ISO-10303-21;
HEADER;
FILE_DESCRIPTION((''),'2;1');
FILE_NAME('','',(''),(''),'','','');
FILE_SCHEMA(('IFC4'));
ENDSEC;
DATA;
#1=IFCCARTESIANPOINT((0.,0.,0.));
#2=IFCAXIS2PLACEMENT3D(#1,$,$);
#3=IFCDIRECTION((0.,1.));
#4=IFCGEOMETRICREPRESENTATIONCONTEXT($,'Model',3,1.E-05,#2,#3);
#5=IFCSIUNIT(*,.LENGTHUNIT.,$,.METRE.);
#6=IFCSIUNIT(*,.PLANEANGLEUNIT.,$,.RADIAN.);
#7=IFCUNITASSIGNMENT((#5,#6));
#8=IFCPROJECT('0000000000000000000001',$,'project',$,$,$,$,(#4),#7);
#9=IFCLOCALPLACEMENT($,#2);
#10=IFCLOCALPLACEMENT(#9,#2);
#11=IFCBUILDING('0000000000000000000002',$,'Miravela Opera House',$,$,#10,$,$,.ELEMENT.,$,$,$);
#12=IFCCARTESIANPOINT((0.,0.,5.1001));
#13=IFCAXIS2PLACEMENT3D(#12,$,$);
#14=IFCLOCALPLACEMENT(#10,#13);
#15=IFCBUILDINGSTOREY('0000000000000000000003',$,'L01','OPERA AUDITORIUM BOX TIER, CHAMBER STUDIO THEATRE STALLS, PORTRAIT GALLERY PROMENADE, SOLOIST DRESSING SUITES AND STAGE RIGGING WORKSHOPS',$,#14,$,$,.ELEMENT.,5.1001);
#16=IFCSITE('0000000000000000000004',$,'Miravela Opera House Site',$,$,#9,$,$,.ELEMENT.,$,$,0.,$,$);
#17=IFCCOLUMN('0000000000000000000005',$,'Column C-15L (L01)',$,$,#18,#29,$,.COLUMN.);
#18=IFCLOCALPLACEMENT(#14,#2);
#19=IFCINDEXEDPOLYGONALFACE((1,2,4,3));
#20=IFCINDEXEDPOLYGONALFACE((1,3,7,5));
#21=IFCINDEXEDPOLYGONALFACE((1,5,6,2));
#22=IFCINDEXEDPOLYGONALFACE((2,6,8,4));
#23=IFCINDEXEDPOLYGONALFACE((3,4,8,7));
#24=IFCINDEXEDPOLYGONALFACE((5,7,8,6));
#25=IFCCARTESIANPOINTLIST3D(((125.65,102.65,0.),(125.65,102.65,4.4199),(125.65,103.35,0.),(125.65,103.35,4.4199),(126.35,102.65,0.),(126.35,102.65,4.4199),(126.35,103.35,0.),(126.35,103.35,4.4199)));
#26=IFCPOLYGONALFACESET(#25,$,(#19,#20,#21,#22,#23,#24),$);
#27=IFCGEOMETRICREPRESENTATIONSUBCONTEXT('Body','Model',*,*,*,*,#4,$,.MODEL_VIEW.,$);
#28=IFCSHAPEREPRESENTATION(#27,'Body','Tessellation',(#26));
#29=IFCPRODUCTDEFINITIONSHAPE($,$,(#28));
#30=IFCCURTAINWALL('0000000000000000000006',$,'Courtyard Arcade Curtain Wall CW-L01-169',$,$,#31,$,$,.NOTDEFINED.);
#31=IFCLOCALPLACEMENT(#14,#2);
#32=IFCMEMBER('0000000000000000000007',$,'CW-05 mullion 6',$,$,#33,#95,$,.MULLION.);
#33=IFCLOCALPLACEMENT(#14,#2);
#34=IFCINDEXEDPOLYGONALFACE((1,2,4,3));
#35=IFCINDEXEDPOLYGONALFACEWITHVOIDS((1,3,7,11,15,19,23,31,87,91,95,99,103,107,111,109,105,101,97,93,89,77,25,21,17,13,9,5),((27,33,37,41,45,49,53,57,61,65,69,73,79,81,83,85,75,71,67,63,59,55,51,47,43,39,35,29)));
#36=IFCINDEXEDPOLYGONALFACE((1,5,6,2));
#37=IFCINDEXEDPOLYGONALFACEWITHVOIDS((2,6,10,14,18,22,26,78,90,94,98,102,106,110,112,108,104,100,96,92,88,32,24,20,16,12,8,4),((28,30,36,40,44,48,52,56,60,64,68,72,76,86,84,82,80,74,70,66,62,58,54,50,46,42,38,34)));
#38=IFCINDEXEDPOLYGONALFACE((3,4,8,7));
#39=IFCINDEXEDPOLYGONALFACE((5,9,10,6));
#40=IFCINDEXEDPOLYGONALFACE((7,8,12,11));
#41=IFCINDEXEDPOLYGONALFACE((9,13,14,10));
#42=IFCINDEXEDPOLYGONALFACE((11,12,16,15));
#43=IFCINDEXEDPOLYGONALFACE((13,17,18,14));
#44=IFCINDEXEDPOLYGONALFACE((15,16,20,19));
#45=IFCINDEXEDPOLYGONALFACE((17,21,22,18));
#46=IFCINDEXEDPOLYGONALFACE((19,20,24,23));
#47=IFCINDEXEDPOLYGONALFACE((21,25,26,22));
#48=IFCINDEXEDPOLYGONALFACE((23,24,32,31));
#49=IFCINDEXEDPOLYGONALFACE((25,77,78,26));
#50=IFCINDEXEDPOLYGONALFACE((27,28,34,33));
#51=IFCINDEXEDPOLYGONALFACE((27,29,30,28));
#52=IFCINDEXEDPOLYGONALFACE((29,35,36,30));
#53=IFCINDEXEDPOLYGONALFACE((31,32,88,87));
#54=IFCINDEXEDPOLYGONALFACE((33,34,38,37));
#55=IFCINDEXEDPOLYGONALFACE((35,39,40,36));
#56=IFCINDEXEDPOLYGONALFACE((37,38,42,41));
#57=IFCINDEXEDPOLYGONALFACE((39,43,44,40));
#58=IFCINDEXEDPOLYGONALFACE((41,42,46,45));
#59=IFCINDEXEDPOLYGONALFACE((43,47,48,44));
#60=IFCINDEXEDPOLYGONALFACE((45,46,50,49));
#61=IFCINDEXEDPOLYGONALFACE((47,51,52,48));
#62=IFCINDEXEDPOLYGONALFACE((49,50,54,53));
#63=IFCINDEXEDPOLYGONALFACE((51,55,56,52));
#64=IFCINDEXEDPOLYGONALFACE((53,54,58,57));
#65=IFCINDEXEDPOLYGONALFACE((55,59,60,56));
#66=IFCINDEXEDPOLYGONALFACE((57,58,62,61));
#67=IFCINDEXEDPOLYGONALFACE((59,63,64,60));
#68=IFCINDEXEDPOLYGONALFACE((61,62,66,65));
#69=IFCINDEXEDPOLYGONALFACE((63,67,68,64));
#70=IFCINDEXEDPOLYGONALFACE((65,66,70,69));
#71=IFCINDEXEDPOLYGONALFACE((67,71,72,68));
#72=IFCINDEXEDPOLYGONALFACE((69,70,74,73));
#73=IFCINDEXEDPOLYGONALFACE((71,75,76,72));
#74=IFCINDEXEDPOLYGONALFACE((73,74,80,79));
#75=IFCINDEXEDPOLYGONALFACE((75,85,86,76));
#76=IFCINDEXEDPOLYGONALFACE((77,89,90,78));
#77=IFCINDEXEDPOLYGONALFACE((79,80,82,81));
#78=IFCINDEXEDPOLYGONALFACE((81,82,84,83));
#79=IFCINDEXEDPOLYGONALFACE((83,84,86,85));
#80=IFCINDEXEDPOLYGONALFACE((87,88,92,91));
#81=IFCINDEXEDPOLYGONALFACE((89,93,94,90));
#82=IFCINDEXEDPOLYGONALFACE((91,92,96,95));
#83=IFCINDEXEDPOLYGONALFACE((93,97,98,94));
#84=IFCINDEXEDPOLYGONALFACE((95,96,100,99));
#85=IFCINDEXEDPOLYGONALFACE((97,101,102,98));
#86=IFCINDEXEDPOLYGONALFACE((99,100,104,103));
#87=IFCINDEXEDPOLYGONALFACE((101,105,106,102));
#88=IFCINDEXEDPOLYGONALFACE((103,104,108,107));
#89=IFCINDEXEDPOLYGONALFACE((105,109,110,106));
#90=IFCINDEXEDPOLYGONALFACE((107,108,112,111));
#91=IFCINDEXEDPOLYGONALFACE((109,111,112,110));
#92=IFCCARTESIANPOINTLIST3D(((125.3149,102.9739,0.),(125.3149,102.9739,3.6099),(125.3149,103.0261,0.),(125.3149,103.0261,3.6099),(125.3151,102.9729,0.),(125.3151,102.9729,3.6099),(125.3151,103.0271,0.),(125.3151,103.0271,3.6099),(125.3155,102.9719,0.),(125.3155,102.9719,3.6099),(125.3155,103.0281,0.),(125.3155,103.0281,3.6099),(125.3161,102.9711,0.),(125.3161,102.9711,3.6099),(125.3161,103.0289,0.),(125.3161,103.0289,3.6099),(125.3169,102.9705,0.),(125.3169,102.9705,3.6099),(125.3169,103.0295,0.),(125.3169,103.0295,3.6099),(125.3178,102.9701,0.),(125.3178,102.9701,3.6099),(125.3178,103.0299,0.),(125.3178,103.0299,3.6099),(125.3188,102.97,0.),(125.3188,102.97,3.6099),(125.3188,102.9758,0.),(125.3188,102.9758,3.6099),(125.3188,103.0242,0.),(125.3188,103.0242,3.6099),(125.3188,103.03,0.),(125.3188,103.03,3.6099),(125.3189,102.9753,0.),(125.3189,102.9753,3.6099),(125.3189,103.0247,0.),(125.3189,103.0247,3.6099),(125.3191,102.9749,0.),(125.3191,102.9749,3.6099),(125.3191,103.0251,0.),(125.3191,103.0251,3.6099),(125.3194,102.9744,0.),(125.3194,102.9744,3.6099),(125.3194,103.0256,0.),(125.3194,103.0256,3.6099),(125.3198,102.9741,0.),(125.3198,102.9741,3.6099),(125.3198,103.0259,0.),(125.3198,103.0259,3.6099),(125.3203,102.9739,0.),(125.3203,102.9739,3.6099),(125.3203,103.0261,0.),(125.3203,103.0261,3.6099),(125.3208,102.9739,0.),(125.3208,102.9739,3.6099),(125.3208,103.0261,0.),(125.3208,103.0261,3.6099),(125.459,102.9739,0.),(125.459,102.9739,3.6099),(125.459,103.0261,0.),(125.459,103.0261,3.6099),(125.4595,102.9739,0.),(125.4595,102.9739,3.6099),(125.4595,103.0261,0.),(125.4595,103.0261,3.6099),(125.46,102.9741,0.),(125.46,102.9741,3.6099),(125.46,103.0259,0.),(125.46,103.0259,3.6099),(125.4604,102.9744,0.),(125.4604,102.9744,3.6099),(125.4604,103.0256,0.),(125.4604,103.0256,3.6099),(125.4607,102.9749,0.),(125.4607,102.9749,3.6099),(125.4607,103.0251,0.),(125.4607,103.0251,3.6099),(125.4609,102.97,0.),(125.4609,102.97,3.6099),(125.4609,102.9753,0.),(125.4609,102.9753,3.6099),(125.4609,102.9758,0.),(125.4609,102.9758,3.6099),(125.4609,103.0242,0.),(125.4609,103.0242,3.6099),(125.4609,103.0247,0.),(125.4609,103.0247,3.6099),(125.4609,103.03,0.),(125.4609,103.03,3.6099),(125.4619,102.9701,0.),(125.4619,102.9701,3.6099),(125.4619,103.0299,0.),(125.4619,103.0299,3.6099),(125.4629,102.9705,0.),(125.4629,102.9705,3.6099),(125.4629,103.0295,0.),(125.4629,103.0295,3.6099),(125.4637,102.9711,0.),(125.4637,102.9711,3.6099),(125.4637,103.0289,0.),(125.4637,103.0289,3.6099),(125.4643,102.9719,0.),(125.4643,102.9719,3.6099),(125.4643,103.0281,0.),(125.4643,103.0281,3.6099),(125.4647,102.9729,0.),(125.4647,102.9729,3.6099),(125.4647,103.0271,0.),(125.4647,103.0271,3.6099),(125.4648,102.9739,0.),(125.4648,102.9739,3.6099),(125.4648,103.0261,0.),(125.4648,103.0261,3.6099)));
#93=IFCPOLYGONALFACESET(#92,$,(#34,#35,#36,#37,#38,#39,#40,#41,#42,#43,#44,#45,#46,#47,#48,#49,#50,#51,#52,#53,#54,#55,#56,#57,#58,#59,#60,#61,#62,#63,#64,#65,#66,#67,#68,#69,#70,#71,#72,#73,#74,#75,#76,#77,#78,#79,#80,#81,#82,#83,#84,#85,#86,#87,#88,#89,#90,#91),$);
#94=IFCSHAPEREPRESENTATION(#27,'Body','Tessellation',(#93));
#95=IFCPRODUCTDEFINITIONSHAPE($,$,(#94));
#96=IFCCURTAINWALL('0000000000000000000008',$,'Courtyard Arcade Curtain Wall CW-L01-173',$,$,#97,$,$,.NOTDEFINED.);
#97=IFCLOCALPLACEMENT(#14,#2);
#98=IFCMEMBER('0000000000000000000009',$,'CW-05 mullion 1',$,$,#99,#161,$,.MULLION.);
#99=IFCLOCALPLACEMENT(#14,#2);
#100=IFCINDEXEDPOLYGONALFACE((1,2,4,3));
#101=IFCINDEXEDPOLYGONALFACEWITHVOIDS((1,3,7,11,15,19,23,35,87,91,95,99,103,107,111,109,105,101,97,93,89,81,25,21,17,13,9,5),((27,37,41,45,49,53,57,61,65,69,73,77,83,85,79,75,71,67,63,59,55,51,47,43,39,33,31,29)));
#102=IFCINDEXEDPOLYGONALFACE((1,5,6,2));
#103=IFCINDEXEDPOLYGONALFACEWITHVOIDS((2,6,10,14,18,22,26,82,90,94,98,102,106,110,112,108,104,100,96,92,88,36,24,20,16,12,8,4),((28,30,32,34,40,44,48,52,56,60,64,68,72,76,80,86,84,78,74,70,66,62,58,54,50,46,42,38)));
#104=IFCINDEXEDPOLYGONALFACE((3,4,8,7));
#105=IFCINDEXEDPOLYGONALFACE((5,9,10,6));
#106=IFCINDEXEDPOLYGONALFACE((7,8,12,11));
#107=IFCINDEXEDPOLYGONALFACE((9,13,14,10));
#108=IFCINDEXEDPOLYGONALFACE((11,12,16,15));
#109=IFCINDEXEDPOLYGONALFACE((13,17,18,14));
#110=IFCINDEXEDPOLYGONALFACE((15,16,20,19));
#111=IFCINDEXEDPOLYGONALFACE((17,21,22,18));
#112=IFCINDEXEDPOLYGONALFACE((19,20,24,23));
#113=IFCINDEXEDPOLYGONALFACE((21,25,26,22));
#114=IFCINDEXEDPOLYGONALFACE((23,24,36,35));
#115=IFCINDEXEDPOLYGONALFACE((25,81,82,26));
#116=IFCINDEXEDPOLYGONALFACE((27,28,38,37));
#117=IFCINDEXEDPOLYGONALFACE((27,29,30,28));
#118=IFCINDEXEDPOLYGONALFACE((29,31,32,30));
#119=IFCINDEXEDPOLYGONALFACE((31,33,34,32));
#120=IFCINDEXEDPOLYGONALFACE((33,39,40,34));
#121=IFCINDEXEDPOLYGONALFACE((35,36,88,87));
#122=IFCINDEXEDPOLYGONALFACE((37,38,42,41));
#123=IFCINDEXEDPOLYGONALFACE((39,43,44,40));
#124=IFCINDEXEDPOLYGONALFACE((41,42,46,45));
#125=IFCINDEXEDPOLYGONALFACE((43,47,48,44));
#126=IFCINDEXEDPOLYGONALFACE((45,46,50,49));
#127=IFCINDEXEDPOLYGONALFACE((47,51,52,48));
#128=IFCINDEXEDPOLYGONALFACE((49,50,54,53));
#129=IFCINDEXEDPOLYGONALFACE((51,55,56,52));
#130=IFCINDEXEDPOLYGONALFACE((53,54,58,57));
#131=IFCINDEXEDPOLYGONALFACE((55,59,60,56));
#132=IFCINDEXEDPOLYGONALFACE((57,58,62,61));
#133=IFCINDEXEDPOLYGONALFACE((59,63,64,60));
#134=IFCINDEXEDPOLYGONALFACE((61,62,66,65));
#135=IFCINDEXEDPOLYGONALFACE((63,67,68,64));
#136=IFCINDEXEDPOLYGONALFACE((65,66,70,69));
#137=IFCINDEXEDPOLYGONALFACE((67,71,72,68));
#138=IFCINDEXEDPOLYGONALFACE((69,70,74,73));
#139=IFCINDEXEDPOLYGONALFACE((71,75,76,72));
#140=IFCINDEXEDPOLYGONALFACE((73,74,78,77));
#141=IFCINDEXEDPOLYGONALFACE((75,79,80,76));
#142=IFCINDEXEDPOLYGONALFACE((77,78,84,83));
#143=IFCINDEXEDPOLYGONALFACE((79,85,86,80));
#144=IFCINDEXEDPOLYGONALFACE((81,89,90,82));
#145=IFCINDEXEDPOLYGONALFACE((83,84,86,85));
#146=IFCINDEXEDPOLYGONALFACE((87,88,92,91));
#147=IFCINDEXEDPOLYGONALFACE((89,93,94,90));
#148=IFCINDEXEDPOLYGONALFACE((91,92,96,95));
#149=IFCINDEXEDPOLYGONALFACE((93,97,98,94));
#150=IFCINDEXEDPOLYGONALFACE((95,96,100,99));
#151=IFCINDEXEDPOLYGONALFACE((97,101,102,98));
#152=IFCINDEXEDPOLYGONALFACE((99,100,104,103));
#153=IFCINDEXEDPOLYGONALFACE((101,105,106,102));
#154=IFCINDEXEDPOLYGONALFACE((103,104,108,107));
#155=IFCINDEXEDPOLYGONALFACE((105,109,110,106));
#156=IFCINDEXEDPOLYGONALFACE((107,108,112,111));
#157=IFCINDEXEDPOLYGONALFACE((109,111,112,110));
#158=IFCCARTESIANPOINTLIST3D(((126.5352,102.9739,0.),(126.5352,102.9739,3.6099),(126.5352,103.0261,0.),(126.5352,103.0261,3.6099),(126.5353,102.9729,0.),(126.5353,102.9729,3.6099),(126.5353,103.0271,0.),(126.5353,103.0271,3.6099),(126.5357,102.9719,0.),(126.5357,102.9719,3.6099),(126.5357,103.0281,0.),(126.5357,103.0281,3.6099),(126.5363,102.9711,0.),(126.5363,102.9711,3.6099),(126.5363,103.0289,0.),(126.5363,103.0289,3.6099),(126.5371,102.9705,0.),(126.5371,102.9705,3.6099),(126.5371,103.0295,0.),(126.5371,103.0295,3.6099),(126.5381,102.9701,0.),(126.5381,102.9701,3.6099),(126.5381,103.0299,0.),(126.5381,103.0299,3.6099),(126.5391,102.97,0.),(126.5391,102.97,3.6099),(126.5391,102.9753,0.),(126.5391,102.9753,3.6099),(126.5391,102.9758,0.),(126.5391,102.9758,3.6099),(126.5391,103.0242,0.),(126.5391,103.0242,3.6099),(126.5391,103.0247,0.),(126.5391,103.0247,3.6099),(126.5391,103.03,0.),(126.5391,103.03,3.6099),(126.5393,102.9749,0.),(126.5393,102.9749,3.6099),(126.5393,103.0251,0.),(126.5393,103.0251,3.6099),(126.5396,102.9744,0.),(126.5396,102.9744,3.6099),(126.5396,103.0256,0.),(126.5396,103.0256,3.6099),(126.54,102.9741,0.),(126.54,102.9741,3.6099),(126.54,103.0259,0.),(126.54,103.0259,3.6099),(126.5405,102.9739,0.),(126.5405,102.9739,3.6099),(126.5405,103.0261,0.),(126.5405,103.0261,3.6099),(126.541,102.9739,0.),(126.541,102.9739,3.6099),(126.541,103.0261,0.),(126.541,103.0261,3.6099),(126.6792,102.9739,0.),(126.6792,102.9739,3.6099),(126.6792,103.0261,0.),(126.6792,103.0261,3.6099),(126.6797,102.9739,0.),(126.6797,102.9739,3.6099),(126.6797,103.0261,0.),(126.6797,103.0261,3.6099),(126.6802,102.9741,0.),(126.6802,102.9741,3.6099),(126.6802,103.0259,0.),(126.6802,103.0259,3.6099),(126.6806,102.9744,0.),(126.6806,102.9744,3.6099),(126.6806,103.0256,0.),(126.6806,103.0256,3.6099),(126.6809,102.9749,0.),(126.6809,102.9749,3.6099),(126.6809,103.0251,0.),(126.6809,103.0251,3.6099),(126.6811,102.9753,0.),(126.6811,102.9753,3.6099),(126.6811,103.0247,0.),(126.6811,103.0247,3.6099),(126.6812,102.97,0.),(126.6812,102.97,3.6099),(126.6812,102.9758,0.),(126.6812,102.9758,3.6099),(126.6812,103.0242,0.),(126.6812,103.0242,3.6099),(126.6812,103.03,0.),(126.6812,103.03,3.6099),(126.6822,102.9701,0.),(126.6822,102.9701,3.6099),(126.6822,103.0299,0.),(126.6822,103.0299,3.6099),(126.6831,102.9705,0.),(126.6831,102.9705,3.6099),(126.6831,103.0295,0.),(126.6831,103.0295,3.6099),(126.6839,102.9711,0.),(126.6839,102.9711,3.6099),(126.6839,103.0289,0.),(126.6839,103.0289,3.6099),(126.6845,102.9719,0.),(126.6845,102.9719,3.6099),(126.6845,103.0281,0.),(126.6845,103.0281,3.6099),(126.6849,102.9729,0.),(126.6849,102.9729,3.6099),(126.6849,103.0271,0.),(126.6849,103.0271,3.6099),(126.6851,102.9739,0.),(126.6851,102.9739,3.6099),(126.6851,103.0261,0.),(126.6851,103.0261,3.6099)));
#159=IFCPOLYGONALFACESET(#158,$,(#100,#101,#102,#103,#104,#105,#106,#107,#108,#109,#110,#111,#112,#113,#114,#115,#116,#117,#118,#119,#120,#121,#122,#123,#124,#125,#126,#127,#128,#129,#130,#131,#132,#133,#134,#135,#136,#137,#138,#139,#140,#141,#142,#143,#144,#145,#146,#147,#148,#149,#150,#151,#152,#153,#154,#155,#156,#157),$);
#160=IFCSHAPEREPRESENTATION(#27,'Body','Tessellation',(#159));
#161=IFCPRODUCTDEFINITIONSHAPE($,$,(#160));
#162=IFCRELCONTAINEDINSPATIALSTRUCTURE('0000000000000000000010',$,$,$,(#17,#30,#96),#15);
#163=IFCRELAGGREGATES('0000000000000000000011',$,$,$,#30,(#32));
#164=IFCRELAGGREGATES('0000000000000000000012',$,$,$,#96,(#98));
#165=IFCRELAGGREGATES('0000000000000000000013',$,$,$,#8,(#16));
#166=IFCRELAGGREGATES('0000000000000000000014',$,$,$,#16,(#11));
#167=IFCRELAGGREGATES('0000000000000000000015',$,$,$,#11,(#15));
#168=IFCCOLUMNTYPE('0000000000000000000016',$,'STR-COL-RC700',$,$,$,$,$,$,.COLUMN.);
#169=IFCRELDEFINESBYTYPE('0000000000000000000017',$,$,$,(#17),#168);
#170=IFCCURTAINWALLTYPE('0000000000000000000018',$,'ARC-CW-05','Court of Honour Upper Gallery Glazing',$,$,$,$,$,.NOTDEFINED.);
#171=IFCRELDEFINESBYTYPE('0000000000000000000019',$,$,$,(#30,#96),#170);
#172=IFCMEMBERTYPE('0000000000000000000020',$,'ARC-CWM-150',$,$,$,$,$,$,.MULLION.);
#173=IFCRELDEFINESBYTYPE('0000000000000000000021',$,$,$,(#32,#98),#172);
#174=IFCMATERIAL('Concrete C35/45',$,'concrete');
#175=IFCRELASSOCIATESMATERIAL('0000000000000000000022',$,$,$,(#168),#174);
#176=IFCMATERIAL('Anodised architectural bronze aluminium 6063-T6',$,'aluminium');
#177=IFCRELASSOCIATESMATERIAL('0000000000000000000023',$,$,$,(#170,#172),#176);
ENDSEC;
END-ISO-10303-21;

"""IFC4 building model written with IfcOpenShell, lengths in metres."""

from ifc_helpers import new_model, si_unit, direction, frame, origin, origin_2d, place, context, subcontext, project, spatial, rectangle, hollow_rectangle, extrude, material, material_profile, profile_set, type_object, element, aggregate, save


model = new_model("IFC4")

# Units and contexts
model_context = context("Model", 3, precision=1e-05, world=origin(), true_north=direction((0.0, 1.0)))
body_context = subcontext(model_context, "Body", "Model", "MODEL_VIEW")
ifc_project = project(units=[si_unit("LENGTHUNIT", "METRE"), si_unit("PLANEANGLEUNIT", "RADIAN")], contexts=[model_context])

# Site, building, storey
site_placement = place(None, origin())
site = spatial("IfcSite", under=ifc_project, at=site_placement, Name="Miravela Opera House Site", CompositionType="ELEMENT", RefElevation=0.0)
building_placement = place(site_placement, origin())
building = spatial("IfcBuilding", under=site, at=building_placement, Name="Miravela Opera House", CompositionType="ELEMENT")
storey_placement = place(building_placement, frame((0.0, 0.0, 5.1001)))
storey = spatial("IfcBuildingStorey", under=building, at=storey_placement, Name="L01", Description="OPERA AUDITORIUM BOX TIER, CHAMBER STUDIO THEATRE STALLS, PORTRAIT GALLERY PROMENADE, SOLOIST DRESSING SUITES AND STAGE RIGGING WORKSHOPS", CompositionType="ELEMENT", Elevation=5.1001)

# Column
ifc_material_1 = material(Name="Concrete C35/45", Category="concrete")
ifc_material_profile_1 = material_profile(ifc_material_1, rectangle(XDim=0.7, YDim=0.7, at=origin_2d()), Name="RC-COL-700X700")
ifc_profile_set_1 = profile_set([ifc_material_profile_1])
column_type = type_object("IfcColumnType", Name="STR-COL-RC700", PredefinedType="COLUMN", material=ifc_profile_set_1)
column_placement = place(storey_placement, frame((126.0, 103.0, 0.0), z_axis=(0.0, 0.0, 1.0), x_axis=(1.0, 0.0, 0.0)))
element("IfcColumn", 1, at=column_placement, inside=storey, type_object=column_type, Name="Column C-15L (L01)", PredefinedType="COLUMN", context=body_context, shape_type="SweptSolid", body=[
    extrude(rectangle(XDim=0.7, YDim=0.7, at=origin_2d()), origin(), (0.0, 0.0, 1.0), 4.4199),
])

# Curtain wall, member
ifc_material_2 = material(Name="Anodised architectural bronze aluminium 6063-T6", Category="aluminium")
curtain_wall_type = type_object("IfcCurtainWallType", Name="ARC-CW-05", Description="Court of Honour Upper Gallery Glazing", PredefinedType="NOTDEFINED", material=ifc_material_2)
curtain_wall_1_placement = place(storey_placement, origin())
curtain_wall_1 = element("IfcCurtainWall", 2, at=curtain_wall_1_placement, inside=storey, type_object=curtain_wall_type, Name="Courtyard Arcade Curtain Wall CW-L01-169", PredefinedType="NOTDEFINED")
ifc_material_profile_2 = material_profile(ifc_material_2, hollow_rectangle(XDim=0.0601, YDim=0.1499, WallThickness=0.0039, InnerFilletRadius=0.002, OuterFilletRadius=0.0039, at=origin_2d()), Name="CWM-60X150")
ifc_profile_set_2 = profile_set([ifc_material_profile_2])
member_type_1 = type_object("IfcMemberType", Name="ARC-CWM-150", PredefinedType="MULLION", material=ifc_profile_set_2)
member_1_placement = place(storey_placement, frame((125.3899, 103.0, 0.0), z_axis=(0.0, 0.0, 1.0), x_axis=(0.0, 1.0, 0.0)))
member_1 = element("IfcMember", 3, at=member_1_placement, type_object=member_type_1, Name="CW-05 mullion 6", PredefinedType="MULLION", context=body_context, shape_type="SweptSolid", body=[
    extrude(hollow_rectangle(XDim=0.0601, YDim=0.1499, WallThickness=0.0039, InnerFilletRadius=0.002, OuterFilletRadius=0.0039, at=origin_2d()), origin(), (0.0, 0.0, 1.0), 3.6099),
])

# Curtain wall, member
curtain_wall_2_placement = place(storey_placement, origin())
curtain_wall_2 = element("IfcCurtainWall", 4, at=curtain_wall_2_placement, inside=storey, type_object=curtain_wall_type, Name="Courtyard Arcade Curtain Wall CW-L01-173", PredefinedType="NOTDEFINED")
member_2_placement = place(storey_placement, frame((126.6101, 103.0, 0.0), z_axis=(0.0, 0.0, 1.0), x_axis=(0.0, 1.0, 0.0)))
member_2 = element("IfcMember", 5, at=member_2_placement, type_object=member_type_1, Name="CW-05 mullion 1", PredefinedType="MULLION", context=body_context, shape_type="SweptSolid", body=[
    extrude(hollow_rectangle(XDim=0.0601, YDim=0.1499, WallThickness=0.0039, InnerFilletRadius=0.002, OuterFilletRadius=0.0039, at=origin_2d()), origin(), (0.0, 0.0, 1.0), 3.6099),
])

aggregate(curtain_wall_1, [member_1])
aggregate(curtain_wall_2, [member_2])

save(model, "model.ifc")
